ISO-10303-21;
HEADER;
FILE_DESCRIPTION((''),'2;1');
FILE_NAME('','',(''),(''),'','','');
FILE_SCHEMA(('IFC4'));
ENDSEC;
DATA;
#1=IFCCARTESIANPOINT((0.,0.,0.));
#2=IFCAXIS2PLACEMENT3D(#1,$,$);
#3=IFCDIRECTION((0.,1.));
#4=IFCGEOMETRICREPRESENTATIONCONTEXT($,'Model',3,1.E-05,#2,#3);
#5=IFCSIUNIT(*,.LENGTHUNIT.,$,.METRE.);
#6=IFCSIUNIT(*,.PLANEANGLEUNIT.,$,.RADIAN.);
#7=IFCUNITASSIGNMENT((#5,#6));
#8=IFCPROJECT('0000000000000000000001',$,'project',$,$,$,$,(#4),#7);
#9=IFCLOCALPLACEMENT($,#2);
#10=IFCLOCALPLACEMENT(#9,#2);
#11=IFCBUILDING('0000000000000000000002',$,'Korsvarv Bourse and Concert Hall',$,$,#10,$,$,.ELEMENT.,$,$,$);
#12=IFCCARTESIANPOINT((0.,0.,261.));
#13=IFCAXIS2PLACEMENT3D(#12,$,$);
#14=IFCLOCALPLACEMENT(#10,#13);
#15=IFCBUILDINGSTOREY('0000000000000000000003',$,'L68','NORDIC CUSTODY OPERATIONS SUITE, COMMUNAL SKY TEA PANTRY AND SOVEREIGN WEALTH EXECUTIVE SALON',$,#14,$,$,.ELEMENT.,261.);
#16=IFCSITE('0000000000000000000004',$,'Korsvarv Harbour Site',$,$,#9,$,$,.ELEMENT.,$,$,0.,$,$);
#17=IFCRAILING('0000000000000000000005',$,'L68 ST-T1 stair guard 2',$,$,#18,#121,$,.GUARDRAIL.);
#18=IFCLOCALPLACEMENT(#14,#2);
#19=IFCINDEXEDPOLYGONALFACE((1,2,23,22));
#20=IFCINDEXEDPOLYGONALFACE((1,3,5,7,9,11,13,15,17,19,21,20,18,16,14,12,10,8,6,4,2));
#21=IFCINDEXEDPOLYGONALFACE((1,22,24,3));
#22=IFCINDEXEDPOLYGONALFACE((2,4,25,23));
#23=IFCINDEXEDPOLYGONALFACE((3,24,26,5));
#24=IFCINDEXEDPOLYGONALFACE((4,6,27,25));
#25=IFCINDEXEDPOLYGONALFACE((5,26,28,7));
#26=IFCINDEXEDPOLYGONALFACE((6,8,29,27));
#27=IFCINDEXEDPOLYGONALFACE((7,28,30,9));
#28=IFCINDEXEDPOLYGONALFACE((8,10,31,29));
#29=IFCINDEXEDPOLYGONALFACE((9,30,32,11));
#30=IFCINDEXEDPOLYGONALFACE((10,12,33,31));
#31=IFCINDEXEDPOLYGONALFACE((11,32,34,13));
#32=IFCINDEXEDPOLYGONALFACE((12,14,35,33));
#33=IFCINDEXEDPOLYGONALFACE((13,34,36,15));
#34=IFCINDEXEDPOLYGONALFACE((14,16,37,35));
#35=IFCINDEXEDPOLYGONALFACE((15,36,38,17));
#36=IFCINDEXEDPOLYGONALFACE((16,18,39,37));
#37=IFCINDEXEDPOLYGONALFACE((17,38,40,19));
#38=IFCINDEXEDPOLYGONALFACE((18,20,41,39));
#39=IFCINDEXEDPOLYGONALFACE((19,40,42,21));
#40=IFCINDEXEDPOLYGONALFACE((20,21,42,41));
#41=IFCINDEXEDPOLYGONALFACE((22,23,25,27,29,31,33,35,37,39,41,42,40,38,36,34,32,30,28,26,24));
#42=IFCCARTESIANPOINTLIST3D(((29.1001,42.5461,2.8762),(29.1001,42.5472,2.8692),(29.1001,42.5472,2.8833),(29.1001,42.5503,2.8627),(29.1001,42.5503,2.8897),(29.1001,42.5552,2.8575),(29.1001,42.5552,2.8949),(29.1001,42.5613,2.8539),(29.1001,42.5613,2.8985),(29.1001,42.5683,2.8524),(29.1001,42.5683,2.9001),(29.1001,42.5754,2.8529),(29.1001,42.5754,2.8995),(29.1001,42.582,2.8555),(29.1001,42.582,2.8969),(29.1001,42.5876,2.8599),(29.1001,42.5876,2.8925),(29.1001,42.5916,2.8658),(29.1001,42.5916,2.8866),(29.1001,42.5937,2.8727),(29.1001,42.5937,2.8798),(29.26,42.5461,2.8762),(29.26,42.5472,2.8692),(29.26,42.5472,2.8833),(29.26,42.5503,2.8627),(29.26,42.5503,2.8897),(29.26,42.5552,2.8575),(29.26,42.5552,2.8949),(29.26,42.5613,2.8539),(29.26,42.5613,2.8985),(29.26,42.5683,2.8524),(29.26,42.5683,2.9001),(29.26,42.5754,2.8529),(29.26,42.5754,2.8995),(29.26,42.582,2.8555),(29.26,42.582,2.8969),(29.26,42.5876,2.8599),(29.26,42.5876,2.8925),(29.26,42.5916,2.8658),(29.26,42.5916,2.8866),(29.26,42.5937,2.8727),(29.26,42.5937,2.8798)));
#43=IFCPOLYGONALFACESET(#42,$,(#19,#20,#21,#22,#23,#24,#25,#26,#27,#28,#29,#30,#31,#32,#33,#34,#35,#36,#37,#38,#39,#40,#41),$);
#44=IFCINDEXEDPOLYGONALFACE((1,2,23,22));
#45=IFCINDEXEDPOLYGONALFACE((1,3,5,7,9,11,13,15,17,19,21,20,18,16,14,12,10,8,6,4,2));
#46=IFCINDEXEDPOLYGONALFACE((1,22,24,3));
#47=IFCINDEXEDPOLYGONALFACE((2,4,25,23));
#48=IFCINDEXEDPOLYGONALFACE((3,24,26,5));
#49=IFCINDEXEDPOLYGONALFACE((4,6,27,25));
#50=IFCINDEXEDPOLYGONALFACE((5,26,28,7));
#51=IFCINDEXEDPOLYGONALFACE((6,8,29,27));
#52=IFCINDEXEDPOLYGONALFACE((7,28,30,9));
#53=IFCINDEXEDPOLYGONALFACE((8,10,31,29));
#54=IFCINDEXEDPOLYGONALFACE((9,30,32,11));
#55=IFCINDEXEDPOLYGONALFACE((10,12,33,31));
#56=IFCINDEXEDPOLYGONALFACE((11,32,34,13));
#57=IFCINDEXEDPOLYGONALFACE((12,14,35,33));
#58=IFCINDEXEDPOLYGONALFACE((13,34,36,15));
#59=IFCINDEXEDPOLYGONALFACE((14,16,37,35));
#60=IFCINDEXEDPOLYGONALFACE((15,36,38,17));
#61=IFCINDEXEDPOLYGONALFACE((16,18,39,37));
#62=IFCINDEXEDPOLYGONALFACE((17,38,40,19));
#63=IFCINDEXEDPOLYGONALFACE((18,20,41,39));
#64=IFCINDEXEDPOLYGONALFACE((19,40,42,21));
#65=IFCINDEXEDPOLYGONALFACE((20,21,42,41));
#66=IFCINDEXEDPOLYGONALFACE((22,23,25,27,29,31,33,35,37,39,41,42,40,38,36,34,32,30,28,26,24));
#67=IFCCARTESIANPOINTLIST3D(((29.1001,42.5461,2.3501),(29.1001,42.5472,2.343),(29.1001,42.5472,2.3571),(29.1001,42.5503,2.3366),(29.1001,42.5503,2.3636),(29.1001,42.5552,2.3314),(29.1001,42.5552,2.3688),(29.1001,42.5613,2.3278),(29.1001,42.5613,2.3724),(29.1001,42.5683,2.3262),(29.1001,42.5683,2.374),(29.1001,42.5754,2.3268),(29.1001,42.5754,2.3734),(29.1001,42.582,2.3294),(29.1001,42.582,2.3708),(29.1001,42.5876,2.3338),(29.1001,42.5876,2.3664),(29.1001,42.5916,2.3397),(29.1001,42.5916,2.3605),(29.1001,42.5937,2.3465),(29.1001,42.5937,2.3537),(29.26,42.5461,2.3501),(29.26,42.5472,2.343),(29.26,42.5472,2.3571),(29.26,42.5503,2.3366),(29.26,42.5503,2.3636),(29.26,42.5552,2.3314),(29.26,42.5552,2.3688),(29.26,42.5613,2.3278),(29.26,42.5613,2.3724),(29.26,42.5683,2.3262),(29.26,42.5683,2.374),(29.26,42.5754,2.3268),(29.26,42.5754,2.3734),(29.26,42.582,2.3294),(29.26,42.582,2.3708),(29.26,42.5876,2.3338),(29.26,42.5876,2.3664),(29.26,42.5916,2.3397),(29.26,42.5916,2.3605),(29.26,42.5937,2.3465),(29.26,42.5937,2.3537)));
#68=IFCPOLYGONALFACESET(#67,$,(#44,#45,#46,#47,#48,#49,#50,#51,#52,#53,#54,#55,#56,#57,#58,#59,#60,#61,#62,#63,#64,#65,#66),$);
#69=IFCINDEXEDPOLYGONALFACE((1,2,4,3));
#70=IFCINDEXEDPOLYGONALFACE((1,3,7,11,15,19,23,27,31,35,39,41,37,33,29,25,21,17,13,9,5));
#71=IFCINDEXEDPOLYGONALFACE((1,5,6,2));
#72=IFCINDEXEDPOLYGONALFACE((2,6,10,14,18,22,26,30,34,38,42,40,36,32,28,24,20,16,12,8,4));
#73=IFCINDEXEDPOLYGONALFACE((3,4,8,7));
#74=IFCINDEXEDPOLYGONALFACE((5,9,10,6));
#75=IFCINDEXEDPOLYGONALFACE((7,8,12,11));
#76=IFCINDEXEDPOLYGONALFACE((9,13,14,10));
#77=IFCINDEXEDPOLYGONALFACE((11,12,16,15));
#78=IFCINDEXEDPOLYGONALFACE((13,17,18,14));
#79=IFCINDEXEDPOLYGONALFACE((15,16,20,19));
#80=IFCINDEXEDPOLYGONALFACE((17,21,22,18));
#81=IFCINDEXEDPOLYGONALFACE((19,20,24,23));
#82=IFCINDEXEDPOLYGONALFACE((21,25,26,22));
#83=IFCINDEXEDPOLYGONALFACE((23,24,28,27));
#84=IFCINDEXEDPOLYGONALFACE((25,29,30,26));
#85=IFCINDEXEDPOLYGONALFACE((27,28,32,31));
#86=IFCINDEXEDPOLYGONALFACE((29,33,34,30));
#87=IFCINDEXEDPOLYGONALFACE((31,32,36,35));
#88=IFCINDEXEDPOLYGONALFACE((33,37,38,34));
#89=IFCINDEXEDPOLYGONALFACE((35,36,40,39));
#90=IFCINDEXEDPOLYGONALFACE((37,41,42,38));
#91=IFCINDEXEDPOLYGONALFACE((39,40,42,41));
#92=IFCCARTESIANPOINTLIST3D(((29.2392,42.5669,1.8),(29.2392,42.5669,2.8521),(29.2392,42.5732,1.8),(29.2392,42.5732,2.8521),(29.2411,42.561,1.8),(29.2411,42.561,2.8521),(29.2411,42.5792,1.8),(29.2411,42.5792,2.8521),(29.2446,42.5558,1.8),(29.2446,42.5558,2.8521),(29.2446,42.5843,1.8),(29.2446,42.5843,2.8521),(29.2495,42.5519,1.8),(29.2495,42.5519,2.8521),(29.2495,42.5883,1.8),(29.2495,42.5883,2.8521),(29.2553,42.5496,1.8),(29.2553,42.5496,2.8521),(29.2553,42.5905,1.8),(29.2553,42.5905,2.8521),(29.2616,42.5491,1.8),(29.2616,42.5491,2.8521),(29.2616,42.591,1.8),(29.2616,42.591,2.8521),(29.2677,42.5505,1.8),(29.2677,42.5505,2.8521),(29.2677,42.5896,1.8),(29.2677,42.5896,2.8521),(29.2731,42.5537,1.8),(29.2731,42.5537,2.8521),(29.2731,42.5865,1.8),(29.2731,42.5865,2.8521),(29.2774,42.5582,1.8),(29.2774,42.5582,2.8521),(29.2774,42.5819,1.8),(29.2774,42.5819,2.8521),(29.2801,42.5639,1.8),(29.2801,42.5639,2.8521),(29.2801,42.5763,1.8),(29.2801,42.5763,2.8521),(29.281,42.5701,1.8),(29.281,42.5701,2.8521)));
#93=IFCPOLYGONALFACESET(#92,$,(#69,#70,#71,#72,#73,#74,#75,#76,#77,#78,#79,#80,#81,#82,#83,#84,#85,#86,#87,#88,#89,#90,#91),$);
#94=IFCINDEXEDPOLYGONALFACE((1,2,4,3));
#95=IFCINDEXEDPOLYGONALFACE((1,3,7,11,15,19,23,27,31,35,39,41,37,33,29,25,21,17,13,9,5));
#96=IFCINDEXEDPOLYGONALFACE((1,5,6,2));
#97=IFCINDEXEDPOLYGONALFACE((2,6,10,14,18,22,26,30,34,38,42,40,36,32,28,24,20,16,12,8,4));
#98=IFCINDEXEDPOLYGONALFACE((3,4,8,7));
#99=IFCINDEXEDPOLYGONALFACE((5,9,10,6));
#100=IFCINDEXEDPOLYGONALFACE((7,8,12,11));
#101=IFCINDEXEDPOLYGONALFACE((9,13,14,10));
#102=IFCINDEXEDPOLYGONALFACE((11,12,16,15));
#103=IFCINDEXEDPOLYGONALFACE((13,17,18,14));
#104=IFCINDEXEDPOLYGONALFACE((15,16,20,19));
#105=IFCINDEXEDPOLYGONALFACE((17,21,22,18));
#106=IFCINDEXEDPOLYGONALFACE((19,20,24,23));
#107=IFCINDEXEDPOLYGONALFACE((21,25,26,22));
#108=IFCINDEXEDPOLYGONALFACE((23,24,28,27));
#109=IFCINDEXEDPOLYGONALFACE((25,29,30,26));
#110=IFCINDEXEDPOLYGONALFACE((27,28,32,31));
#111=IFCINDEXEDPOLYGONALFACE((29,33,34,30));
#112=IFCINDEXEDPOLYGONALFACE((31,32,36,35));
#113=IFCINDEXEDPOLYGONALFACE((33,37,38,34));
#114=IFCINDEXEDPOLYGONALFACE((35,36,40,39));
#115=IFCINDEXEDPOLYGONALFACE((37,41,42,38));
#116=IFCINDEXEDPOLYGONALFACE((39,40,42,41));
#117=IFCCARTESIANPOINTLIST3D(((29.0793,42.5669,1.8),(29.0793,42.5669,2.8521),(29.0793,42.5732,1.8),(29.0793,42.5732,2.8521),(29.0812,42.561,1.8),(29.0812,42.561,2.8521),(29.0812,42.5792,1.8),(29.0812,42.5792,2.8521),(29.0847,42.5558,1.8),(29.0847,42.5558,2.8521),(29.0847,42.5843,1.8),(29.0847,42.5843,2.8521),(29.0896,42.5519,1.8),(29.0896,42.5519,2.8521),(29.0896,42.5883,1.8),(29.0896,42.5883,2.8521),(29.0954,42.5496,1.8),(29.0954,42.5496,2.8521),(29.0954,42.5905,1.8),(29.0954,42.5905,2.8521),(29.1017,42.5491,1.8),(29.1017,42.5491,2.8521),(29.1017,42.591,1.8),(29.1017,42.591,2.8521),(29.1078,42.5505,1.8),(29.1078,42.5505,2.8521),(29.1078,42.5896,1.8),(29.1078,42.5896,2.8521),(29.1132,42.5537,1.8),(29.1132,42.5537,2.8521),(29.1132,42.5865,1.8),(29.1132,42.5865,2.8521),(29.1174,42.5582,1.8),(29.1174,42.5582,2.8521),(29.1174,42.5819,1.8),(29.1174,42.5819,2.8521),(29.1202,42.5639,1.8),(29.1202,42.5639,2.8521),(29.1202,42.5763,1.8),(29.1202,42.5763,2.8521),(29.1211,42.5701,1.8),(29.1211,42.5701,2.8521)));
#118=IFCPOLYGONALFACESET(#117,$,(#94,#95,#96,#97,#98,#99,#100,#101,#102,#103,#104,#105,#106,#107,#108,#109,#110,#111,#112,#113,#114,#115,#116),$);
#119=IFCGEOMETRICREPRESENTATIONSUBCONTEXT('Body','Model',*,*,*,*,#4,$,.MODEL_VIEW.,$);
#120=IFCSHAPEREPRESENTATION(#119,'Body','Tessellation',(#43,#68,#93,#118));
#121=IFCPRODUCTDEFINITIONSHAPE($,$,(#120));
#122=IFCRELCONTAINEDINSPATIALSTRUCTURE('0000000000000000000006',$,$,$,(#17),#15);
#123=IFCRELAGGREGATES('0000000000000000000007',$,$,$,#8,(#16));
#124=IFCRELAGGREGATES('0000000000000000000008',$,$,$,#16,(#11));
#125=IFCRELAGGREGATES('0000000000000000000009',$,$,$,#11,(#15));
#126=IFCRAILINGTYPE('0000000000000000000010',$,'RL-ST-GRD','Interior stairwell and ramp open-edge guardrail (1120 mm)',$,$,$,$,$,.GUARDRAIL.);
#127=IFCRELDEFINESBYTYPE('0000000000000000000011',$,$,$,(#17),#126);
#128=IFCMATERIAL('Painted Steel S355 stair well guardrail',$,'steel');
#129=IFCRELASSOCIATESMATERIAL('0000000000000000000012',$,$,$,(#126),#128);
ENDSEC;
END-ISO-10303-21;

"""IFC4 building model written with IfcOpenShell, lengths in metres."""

from ifc_helpers import new_model, si_unit, direction, frame, origin, origin_2d, place, context, subcontext, project, spatial, circle, extrude, material, type_object, element, save


model = new_model("IFC4")

# Units and contexts
model_context = context("Model", 3, precision=1e-05, world=origin(), true_north=direction((0.0, 1.0)))
body_context = subcontext(model_context, "Body", "Model", "MODEL_VIEW")
ifc_project = project(units=[si_unit("LENGTHUNIT", "METRE"), si_unit("PLANEANGLEUNIT", "RADIAN")], contexts=[model_context])

# Site, building, storey
site_placement = place(None, origin())
site = spatial("IfcSite", under=ifc_project, at=site_placement, Name="Korsvarv Harbour Site", CompositionType="ELEMENT", RefElevation=0.0)
building_placement = place(site_placement, origin())
building = spatial("IfcBuilding", under=site, at=building_placement, Name="Korsvarv Bourse and Concert Hall", CompositionType="ELEMENT")
storey_placement = place(building_placement, frame((0.0, 0.0, 261.0)))
storey = spatial("IfcBuildingStorey", under=building, at=storey_placement, Name="L68", Description="NORDIC CUSTODY OPERATIONS SUITE, COMMUNAL SKY TEA PANTRY AND SOVEREIGN WEALTH EXECUTIVE SALON", CompositionType="ELEMENT", Elevation=261.0)

# Railing
ifc_material_1 = material(Name="Painted Steel S355 stair well guardrail", Category="steel")
railing_type_1 = type_object("IfcRailingType", Name="RL-ST-GRD", Description="Interior stairwell and ramp open-edge guardrail (1120 mm)", PredefinedType="GUARDRAIL", material=ifc_material_1)
railing_1_placement = place(storey_placement, frame((29.26, 42.5701, 1.8)))
element("IfcRailing", 1, at=railing_1_placement, inside=storey, type_object=railing_type_1, Name="L68 ST-T1 stair guard 2", PredefinedType="GUARDRAIL", context=body_context, shape_type="SweptSolid", body=[
    extrude(circle(Radius=0.0239, at=origin_2d()), frame((0.0, 0.0, 1.0762), z_axis=(-1.0, 0.0, 0.0), x_axis=(0.0, -1.0, 0.0)), (0.0, 0.0, 1.0), 0.1599),
    extrude(circle(Radius=0.0239, at=origin_2d()), frame((0.0, 0.0, 0.55), z_axis=(-1.0, 0.0, 0.0), x_axis=(0.0, -1.0, 0.0)), (0.0, 0.0, 1.0), 0.1599),
    extrude(circle(Radius=0.021, at=origin_2d()), origin(), (0.0, 0.0, 1.0), 1.052),
    extrude(circle(Radius=0.021, at=origin_2d()), frame((-0.1599, 0.0, 0.0)), (0.0, 0.0, 1.0), 1.052),
])

save(model, "model.ifc")
